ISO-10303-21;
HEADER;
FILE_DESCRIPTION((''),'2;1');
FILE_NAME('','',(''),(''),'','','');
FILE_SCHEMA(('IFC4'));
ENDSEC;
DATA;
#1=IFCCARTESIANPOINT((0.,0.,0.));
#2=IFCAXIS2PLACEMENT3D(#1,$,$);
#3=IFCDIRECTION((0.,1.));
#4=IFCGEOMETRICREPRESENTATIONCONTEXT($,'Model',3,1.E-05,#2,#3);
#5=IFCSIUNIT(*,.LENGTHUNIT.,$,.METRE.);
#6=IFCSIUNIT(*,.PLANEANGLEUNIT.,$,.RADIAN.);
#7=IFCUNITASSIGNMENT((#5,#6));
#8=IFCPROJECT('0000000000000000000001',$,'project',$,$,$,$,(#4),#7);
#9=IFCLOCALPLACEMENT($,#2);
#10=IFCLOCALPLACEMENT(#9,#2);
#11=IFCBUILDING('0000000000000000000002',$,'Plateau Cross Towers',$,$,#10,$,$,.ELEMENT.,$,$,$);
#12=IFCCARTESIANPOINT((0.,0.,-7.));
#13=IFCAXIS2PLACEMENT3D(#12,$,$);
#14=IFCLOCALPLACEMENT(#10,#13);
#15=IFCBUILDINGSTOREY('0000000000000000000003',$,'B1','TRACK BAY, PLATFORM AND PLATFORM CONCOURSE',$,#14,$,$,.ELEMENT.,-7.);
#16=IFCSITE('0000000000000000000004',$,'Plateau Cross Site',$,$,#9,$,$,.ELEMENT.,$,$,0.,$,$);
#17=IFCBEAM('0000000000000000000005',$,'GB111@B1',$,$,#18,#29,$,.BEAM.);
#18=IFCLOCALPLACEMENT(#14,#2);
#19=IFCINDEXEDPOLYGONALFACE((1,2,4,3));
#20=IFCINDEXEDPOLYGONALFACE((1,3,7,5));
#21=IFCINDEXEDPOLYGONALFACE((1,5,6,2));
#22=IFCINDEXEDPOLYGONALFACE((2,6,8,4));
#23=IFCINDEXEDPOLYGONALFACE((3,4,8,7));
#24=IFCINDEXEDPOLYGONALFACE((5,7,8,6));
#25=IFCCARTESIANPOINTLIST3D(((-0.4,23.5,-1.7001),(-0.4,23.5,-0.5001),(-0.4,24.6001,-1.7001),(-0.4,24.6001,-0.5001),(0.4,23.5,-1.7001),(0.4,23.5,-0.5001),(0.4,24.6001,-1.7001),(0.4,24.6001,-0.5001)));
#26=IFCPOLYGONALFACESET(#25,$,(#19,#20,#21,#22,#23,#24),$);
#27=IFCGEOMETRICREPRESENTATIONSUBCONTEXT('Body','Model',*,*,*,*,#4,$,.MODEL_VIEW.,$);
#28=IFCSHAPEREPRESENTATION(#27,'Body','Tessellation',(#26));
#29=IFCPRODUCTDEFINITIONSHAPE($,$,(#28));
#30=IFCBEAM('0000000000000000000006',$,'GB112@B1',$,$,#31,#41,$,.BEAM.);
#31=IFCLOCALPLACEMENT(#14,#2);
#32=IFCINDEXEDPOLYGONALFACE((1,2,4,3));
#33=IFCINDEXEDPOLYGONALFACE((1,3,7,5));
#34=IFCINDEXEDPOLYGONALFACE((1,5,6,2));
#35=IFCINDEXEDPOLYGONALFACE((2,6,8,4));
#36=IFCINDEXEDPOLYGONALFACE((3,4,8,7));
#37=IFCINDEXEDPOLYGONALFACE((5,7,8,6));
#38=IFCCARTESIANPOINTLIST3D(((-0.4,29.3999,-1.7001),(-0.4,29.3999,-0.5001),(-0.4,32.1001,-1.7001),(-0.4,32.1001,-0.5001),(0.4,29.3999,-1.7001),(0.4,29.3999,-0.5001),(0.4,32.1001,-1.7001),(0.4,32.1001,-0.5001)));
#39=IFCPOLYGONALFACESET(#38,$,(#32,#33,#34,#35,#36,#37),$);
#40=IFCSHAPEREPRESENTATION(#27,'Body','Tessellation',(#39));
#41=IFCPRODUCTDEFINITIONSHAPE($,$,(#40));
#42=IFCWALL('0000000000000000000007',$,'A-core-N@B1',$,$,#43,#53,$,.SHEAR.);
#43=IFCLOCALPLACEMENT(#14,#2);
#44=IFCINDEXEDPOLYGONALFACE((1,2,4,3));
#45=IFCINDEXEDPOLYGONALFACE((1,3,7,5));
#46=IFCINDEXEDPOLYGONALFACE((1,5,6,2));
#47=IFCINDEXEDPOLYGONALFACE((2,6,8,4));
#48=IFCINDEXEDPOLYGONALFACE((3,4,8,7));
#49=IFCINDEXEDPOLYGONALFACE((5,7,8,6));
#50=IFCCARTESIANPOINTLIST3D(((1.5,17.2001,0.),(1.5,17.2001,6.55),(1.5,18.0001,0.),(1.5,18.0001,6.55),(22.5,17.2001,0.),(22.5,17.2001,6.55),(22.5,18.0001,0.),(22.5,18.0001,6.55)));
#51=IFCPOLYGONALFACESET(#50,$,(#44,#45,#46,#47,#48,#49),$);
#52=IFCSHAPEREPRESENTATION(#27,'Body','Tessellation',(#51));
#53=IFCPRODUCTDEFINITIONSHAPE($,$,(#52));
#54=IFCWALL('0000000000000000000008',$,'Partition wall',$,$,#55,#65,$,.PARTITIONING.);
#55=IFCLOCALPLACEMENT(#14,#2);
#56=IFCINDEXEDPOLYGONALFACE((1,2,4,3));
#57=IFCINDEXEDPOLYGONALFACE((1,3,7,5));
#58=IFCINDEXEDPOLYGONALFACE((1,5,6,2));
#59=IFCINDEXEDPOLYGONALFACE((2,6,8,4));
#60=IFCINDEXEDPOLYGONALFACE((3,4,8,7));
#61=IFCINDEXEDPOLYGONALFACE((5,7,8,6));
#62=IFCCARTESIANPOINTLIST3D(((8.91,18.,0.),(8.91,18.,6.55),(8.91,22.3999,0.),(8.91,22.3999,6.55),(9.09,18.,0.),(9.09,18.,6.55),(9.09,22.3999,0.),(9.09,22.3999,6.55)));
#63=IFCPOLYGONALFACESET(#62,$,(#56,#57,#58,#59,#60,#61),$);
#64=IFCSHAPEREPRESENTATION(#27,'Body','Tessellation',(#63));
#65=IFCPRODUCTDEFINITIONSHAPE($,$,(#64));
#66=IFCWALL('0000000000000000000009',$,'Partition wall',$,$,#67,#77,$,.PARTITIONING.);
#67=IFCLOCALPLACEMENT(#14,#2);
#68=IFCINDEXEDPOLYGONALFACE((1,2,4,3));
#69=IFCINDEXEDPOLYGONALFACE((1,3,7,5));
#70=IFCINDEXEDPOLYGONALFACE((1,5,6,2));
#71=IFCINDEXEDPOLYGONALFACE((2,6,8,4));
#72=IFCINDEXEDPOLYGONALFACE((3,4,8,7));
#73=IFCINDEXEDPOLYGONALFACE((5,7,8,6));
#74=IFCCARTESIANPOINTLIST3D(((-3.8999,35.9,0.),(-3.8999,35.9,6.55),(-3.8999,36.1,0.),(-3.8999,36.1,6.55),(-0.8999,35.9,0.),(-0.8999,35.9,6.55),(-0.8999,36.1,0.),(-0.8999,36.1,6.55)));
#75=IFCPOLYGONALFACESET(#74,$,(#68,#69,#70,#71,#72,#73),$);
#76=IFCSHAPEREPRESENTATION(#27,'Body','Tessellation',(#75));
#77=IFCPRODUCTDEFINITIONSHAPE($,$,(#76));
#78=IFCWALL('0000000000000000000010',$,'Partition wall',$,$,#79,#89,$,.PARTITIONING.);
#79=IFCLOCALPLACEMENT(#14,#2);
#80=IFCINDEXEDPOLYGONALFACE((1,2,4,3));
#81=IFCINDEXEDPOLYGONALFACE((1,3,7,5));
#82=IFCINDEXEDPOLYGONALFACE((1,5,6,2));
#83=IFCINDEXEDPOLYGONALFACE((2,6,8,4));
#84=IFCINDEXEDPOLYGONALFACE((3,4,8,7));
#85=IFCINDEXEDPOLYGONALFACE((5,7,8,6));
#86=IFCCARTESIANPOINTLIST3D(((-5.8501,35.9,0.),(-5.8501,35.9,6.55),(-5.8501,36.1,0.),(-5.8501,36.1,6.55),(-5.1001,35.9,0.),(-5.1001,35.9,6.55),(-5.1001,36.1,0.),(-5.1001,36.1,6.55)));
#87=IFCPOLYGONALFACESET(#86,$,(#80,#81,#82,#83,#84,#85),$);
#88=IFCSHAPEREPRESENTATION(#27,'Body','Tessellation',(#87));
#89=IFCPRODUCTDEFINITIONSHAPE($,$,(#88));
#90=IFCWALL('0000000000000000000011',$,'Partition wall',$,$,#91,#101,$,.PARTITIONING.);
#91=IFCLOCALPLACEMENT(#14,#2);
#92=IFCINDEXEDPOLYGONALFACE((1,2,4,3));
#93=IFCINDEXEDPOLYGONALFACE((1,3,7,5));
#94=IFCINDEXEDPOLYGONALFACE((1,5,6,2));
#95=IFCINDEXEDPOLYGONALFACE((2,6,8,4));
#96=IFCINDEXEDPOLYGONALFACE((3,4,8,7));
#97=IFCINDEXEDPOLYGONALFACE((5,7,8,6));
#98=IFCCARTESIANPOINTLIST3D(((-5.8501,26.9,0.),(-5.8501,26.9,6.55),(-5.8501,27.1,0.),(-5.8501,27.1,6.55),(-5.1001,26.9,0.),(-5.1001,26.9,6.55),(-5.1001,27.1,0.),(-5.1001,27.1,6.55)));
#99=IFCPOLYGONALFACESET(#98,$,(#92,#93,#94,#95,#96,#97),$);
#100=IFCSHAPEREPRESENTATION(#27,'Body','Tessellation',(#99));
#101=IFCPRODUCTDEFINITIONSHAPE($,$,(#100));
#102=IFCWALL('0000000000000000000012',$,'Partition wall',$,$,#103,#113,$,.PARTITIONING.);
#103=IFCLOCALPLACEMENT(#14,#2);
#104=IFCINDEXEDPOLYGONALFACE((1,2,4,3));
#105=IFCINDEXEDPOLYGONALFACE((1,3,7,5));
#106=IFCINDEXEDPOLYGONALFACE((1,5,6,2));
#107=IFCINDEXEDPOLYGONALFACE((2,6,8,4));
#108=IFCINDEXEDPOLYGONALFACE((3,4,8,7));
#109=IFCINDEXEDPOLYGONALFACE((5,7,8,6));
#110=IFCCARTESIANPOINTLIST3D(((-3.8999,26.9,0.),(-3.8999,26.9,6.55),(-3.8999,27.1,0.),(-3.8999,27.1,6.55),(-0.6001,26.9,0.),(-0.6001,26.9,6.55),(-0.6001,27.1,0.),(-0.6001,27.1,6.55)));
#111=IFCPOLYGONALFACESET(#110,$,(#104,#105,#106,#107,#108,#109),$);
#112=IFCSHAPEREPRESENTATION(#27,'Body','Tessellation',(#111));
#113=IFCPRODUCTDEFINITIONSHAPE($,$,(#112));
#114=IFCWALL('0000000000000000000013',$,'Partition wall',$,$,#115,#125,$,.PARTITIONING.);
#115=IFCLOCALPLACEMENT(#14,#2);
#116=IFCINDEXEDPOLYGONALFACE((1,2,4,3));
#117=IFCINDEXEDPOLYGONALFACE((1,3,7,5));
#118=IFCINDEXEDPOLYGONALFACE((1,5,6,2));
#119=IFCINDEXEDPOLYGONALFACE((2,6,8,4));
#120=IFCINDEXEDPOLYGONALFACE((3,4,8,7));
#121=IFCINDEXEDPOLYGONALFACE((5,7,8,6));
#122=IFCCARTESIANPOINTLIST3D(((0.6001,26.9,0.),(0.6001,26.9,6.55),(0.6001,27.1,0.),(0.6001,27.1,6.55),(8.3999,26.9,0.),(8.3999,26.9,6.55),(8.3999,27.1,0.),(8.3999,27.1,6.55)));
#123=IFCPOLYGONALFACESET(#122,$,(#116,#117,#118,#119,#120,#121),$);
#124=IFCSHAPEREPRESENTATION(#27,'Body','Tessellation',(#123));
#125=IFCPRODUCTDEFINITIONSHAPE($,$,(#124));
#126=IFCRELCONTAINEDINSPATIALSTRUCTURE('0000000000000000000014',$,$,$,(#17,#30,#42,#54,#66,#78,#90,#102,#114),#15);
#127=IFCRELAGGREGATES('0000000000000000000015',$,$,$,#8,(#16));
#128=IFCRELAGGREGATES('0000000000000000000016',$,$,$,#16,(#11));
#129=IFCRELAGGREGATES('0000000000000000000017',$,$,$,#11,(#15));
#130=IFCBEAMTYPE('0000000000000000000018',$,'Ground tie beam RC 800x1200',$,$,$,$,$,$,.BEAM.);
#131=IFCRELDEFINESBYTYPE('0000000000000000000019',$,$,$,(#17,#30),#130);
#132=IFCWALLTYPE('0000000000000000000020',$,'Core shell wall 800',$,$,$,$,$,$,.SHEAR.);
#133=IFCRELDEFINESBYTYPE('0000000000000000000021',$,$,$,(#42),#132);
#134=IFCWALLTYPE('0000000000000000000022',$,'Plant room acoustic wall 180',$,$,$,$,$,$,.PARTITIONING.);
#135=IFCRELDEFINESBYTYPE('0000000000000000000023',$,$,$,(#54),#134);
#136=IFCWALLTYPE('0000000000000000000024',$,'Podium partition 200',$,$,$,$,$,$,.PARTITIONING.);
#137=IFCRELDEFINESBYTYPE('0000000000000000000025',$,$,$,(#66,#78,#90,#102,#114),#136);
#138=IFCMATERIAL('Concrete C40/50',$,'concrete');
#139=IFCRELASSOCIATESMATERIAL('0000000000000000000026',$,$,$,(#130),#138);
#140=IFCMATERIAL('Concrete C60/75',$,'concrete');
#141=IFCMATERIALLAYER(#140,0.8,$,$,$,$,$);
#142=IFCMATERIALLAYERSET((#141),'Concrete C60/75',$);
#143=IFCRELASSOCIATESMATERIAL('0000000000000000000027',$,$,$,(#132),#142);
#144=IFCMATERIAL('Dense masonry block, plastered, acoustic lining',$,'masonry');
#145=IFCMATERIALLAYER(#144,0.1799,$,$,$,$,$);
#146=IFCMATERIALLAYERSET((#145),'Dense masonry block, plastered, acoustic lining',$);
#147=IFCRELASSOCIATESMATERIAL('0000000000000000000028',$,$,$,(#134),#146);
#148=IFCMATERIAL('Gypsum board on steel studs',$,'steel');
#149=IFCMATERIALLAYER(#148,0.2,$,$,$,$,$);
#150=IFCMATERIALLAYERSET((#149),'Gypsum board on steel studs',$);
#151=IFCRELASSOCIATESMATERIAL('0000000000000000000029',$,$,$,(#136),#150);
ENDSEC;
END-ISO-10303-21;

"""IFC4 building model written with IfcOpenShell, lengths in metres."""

from ifc_helpers import new_model, si_unit, direction, frame, frame_2d, origin, origin_2d, place, context, subcontext, project, spatial, rectangle, extrude, material, layer, layer_set, material_profile, profile_set, type_object, element, save


model = new_model("IFC4")

# Units and contexts
model_context = context("Model", 3, precision=1e-05, world=origin(), true_north=direction((0.0, 1.0)))
body_context = subcontext(model_context, "Body", "Model", "MODEL_VIEW")
ifc_project = project(units=[si_unit("LENGTHUNIT", "METRE"), si_unit("PLANEANGLEUNIT", "RADIAN")], contexts=[model_context])

# Site, building, storey
site_placement = place(None, origin())
site = spatial("IfcSite", under=ifc_project, at=site_placement, Name="Plateau Cross Site", CompositionType="ELEMENT", RefElevation=0.0)
building_placement = place(site_placement, origin())
building = spatial("IfcBuilding", under=site, at=building_placement, Name="Plateau Cross Towers", CompositionType="ELEMENT")
storey_placement = place(building_placement, frame((0.0, 0.0, -7.0)))
storey = spatial("IfcBuildingStorey", under=building, at=storey_placement, Name="B1", Description="TRACK BAY, PLATFORM AND PLATFORM CONCOURSE", CompositionType="ELEMENT", Elevation=-7.0)

# Shared definitions
ifc_material_1 = material(Name="Concrete C40/50", Category="concrete")

# Shared definitions
ifc_material_2 = material(Name="Concrete C60/75", Category="concrete")

# Beams
ifc_material_profile_1 = material_profile(ifc_material_1, rectangle(XDim=0.8, YDim=1.2, at=origin_2d()), Name="RC 800x1200")
ifc_profile_set_1 = profile_set([ifc_material_profile_1], Name="Concrete C40/50")
beam_type_1 = type_object("IfcBeamType", Name="Ground tie beam RC 800x1200", PredefinedType="BEAM", material=ifc_profile_set_1)
for number, where, z_axis, x_axis, name in (
    (1, (0.0, 23.5, -1.1001), (0.0, 1.0, 0.0), (-1.0, 0.0, 0.0), "GB111@B1"),
):
    element("IfcBeam", number, at=place(storey_placement, frame(where, z_axis=z_axis, x_axis=x_axis)), inside=storey, type_object=beam_type_1, Name=name, PredefinedType="BEAM", context=body_context, shape_type="SweptSolid", body=[
        extrude(rectangle(XDim=0.8, YDim=1.2, at=origin_2d()), origin(), (0.0, 0.0, 1.0), 1.1001),
    ])
beam_1_placement = place(storey_placement, frame((0.0, 29.3999, -1.1001), z_axis=(0.0, 1.0, 0.0), x_axis=(-1.0, 0.0, 0.0)))
element("IfcBeam", 2, at=beam_1_placement, inside=storey, type_object=beam_type_1, Name="GB112@B1", PredefinedType="BEAM", context=body_context, shape_type="SweptSolid", body=[
    extrude(rectangle(XDim=0.8, YDim=1.2, at=origin_2d()), origin(), (0.0, 0.0, 1.0), 2.7002),
])

# Walls
ifc_layer_1 = layer(ifc_material_2, 0.8)
ifc_layer_set_1 = layer_set([ifc_layer_1], Name="Concrete C60/75")
wall_type_1 = type_object("IfcWallType", Name="Core shell wall 800", PredefinedType="SHEAR", material=ifc_layer_set_1)
wall_1_placement = place(storey_placement, frame((1.5, 17.6001, 0.0), z_axis=(0.0, 0.0, 1.0), x_axis=(1.0, 0.0, 0.0)))
element("IfcWall", 3, at=wall_1_placement, inside=storey, type_object=wall_type_1, Name="A-core-N@B1", PredefinedType="SHEAR", context=body_context, shape_type="SweptSolid", body=[
    extrude(rectangle(XDim=21.0, YDim=0.8, at=frame_2d((10.5, 0.0))), origin(), (0.0, 0.0, 1.0), 6.55),
])
ifc_material_3 = material(Name="Dense masonry block, plastered, acoustic lining", Category="masonry")
ifc_layer_2 = layer(ifc_material_3, 0.1799)
ifc_layer_set_2 = layer_set([ifc_layer_2], Name="Dense masonry block, plastered, acoustic lining")
wall_type_2 = type_object("IfcWallType", Name="Plant room acoustic wall 180", PredefinedType="PARTITIONING", material=ifc_layer_set_2)
wall_2_placement = place(storey_placement, frame((9.0, 18.0, 0.0), z_axis=(0.0, 0.0, 1.0), x_axis=(0.0, 1.0, 0.0)))
element("IfcWall", 4, at=wall_2_placement, inside=storey, type_object=wall_type_2, Name="Partition wall", PredefinedType="PARTITIONING", context=body_context, shape_type="SweptSolid", body=[
    extrude(rectangle(XDim=4.3999, YDim=0.1799, at=frame_2d((2.2, 0.0))), origin(), (0.0, 0.0, 1.0), 6.55),
])
ifc_material_4 = material(Name="Gypsum board on steel studs", Category="steel")
ifc_layer_3 = layer(ifc_material_4, 0.2)
ifc_layer_set_3 = layer_set([ifc_layer_3], Name="Gypsum board on steel studs")
wall_type_3 = type_object("IfcWallType", Name="Podium partition 200", PredefinedType="PARTITIONING", material=ifc_layer_set_3)
wall_3_placement = place(storey_placement, frame((-0.8999, 36.0, 0.0), z_axis=(0.0, 0.0, 1.0), x_axis=(-1.0, 0.0, 0.0)))
element("IfcWall", 5, at=wall_3_placement, inside=storey, type_object=wall_type_3, Name="Partition wall", PredefinedType="PARTITIONING", context=body_context, shape_type="SweptSolid", body=[
    extrude(rectangle(XDim=3.0, YDim=0.2, at=frame_2d((1.5, 0.0))), origin(), (0.0, 0.0, 1.0), 6.55),
])
for number, where, z_axis, x_axis, name in (
    (6, (-5.1001, 36.0, 0.0), (0.0, 0.0, 1.0), (-1.0, 0.0, 0.0), "Partition wall"),
    (7, (-5.8501, 27.0, 0.0), (0.0, 0.0, 1.0), (1.0, 0.0, 0.0), "Partition wall"),
):
    element("IfcWall", number, at=place(storey_placement, frame(where, z_axis=z_axis, x_axis=x_axis)), inside=storey, type_object=wall_type_3, Name=name, PredefinedType="PARTITIONING", context=body_context, shape_type="SweptSolid", body=[
        extrude(rectangle(XDim=0.75, YDim=0.2, at=frame_2d((0.375, 0.0))), origin(), (0.0, 0.0, 1.0), 6.55),
    ])
wall_4_placement = place(storey_placement, frame((-3.8999, 27.0, 0.0), z_axis=(0.0, 0.0, 1.0), x_axis=(1.0, 0.0, 0.0)))
element("IfcWall", 8, at=wall_4_placement, inside=storey, type_object=wall_type_3, Name="Partition wall", PredefinedType="PARTITIONING", context=body_context, shape_type="SweptSolid", body=[
    extrude(rectangle(XDim=3.2998, YDim=0.2, at=frame_2d((1.6499, 0.0))), origin(), (0.0, 0.0, 1.0), 6.55),
])
wall_5_placement = place(storey_placement, frame((0.6001, 27.0, 0.0), z_axis=(0.0, 0.0, 1.0), x_axis=(1.0, 0.0, 0.0)))
element("IfcWall", 9, at=wall_5_placement, inside=storey, type_object=wall_type_3, Name="Partition wall", PredefinedType="PARTITIONING", context=body_context, shape_type="SweptSolid", body=[
    extrude(rectangle(XDim=7.7998, YDim=0.2, at=frame_2d((3.8999, 0.0))), origin(), (0.0, 0.0, 1.0), 6.55),
])

save(model, "model.ifc")
